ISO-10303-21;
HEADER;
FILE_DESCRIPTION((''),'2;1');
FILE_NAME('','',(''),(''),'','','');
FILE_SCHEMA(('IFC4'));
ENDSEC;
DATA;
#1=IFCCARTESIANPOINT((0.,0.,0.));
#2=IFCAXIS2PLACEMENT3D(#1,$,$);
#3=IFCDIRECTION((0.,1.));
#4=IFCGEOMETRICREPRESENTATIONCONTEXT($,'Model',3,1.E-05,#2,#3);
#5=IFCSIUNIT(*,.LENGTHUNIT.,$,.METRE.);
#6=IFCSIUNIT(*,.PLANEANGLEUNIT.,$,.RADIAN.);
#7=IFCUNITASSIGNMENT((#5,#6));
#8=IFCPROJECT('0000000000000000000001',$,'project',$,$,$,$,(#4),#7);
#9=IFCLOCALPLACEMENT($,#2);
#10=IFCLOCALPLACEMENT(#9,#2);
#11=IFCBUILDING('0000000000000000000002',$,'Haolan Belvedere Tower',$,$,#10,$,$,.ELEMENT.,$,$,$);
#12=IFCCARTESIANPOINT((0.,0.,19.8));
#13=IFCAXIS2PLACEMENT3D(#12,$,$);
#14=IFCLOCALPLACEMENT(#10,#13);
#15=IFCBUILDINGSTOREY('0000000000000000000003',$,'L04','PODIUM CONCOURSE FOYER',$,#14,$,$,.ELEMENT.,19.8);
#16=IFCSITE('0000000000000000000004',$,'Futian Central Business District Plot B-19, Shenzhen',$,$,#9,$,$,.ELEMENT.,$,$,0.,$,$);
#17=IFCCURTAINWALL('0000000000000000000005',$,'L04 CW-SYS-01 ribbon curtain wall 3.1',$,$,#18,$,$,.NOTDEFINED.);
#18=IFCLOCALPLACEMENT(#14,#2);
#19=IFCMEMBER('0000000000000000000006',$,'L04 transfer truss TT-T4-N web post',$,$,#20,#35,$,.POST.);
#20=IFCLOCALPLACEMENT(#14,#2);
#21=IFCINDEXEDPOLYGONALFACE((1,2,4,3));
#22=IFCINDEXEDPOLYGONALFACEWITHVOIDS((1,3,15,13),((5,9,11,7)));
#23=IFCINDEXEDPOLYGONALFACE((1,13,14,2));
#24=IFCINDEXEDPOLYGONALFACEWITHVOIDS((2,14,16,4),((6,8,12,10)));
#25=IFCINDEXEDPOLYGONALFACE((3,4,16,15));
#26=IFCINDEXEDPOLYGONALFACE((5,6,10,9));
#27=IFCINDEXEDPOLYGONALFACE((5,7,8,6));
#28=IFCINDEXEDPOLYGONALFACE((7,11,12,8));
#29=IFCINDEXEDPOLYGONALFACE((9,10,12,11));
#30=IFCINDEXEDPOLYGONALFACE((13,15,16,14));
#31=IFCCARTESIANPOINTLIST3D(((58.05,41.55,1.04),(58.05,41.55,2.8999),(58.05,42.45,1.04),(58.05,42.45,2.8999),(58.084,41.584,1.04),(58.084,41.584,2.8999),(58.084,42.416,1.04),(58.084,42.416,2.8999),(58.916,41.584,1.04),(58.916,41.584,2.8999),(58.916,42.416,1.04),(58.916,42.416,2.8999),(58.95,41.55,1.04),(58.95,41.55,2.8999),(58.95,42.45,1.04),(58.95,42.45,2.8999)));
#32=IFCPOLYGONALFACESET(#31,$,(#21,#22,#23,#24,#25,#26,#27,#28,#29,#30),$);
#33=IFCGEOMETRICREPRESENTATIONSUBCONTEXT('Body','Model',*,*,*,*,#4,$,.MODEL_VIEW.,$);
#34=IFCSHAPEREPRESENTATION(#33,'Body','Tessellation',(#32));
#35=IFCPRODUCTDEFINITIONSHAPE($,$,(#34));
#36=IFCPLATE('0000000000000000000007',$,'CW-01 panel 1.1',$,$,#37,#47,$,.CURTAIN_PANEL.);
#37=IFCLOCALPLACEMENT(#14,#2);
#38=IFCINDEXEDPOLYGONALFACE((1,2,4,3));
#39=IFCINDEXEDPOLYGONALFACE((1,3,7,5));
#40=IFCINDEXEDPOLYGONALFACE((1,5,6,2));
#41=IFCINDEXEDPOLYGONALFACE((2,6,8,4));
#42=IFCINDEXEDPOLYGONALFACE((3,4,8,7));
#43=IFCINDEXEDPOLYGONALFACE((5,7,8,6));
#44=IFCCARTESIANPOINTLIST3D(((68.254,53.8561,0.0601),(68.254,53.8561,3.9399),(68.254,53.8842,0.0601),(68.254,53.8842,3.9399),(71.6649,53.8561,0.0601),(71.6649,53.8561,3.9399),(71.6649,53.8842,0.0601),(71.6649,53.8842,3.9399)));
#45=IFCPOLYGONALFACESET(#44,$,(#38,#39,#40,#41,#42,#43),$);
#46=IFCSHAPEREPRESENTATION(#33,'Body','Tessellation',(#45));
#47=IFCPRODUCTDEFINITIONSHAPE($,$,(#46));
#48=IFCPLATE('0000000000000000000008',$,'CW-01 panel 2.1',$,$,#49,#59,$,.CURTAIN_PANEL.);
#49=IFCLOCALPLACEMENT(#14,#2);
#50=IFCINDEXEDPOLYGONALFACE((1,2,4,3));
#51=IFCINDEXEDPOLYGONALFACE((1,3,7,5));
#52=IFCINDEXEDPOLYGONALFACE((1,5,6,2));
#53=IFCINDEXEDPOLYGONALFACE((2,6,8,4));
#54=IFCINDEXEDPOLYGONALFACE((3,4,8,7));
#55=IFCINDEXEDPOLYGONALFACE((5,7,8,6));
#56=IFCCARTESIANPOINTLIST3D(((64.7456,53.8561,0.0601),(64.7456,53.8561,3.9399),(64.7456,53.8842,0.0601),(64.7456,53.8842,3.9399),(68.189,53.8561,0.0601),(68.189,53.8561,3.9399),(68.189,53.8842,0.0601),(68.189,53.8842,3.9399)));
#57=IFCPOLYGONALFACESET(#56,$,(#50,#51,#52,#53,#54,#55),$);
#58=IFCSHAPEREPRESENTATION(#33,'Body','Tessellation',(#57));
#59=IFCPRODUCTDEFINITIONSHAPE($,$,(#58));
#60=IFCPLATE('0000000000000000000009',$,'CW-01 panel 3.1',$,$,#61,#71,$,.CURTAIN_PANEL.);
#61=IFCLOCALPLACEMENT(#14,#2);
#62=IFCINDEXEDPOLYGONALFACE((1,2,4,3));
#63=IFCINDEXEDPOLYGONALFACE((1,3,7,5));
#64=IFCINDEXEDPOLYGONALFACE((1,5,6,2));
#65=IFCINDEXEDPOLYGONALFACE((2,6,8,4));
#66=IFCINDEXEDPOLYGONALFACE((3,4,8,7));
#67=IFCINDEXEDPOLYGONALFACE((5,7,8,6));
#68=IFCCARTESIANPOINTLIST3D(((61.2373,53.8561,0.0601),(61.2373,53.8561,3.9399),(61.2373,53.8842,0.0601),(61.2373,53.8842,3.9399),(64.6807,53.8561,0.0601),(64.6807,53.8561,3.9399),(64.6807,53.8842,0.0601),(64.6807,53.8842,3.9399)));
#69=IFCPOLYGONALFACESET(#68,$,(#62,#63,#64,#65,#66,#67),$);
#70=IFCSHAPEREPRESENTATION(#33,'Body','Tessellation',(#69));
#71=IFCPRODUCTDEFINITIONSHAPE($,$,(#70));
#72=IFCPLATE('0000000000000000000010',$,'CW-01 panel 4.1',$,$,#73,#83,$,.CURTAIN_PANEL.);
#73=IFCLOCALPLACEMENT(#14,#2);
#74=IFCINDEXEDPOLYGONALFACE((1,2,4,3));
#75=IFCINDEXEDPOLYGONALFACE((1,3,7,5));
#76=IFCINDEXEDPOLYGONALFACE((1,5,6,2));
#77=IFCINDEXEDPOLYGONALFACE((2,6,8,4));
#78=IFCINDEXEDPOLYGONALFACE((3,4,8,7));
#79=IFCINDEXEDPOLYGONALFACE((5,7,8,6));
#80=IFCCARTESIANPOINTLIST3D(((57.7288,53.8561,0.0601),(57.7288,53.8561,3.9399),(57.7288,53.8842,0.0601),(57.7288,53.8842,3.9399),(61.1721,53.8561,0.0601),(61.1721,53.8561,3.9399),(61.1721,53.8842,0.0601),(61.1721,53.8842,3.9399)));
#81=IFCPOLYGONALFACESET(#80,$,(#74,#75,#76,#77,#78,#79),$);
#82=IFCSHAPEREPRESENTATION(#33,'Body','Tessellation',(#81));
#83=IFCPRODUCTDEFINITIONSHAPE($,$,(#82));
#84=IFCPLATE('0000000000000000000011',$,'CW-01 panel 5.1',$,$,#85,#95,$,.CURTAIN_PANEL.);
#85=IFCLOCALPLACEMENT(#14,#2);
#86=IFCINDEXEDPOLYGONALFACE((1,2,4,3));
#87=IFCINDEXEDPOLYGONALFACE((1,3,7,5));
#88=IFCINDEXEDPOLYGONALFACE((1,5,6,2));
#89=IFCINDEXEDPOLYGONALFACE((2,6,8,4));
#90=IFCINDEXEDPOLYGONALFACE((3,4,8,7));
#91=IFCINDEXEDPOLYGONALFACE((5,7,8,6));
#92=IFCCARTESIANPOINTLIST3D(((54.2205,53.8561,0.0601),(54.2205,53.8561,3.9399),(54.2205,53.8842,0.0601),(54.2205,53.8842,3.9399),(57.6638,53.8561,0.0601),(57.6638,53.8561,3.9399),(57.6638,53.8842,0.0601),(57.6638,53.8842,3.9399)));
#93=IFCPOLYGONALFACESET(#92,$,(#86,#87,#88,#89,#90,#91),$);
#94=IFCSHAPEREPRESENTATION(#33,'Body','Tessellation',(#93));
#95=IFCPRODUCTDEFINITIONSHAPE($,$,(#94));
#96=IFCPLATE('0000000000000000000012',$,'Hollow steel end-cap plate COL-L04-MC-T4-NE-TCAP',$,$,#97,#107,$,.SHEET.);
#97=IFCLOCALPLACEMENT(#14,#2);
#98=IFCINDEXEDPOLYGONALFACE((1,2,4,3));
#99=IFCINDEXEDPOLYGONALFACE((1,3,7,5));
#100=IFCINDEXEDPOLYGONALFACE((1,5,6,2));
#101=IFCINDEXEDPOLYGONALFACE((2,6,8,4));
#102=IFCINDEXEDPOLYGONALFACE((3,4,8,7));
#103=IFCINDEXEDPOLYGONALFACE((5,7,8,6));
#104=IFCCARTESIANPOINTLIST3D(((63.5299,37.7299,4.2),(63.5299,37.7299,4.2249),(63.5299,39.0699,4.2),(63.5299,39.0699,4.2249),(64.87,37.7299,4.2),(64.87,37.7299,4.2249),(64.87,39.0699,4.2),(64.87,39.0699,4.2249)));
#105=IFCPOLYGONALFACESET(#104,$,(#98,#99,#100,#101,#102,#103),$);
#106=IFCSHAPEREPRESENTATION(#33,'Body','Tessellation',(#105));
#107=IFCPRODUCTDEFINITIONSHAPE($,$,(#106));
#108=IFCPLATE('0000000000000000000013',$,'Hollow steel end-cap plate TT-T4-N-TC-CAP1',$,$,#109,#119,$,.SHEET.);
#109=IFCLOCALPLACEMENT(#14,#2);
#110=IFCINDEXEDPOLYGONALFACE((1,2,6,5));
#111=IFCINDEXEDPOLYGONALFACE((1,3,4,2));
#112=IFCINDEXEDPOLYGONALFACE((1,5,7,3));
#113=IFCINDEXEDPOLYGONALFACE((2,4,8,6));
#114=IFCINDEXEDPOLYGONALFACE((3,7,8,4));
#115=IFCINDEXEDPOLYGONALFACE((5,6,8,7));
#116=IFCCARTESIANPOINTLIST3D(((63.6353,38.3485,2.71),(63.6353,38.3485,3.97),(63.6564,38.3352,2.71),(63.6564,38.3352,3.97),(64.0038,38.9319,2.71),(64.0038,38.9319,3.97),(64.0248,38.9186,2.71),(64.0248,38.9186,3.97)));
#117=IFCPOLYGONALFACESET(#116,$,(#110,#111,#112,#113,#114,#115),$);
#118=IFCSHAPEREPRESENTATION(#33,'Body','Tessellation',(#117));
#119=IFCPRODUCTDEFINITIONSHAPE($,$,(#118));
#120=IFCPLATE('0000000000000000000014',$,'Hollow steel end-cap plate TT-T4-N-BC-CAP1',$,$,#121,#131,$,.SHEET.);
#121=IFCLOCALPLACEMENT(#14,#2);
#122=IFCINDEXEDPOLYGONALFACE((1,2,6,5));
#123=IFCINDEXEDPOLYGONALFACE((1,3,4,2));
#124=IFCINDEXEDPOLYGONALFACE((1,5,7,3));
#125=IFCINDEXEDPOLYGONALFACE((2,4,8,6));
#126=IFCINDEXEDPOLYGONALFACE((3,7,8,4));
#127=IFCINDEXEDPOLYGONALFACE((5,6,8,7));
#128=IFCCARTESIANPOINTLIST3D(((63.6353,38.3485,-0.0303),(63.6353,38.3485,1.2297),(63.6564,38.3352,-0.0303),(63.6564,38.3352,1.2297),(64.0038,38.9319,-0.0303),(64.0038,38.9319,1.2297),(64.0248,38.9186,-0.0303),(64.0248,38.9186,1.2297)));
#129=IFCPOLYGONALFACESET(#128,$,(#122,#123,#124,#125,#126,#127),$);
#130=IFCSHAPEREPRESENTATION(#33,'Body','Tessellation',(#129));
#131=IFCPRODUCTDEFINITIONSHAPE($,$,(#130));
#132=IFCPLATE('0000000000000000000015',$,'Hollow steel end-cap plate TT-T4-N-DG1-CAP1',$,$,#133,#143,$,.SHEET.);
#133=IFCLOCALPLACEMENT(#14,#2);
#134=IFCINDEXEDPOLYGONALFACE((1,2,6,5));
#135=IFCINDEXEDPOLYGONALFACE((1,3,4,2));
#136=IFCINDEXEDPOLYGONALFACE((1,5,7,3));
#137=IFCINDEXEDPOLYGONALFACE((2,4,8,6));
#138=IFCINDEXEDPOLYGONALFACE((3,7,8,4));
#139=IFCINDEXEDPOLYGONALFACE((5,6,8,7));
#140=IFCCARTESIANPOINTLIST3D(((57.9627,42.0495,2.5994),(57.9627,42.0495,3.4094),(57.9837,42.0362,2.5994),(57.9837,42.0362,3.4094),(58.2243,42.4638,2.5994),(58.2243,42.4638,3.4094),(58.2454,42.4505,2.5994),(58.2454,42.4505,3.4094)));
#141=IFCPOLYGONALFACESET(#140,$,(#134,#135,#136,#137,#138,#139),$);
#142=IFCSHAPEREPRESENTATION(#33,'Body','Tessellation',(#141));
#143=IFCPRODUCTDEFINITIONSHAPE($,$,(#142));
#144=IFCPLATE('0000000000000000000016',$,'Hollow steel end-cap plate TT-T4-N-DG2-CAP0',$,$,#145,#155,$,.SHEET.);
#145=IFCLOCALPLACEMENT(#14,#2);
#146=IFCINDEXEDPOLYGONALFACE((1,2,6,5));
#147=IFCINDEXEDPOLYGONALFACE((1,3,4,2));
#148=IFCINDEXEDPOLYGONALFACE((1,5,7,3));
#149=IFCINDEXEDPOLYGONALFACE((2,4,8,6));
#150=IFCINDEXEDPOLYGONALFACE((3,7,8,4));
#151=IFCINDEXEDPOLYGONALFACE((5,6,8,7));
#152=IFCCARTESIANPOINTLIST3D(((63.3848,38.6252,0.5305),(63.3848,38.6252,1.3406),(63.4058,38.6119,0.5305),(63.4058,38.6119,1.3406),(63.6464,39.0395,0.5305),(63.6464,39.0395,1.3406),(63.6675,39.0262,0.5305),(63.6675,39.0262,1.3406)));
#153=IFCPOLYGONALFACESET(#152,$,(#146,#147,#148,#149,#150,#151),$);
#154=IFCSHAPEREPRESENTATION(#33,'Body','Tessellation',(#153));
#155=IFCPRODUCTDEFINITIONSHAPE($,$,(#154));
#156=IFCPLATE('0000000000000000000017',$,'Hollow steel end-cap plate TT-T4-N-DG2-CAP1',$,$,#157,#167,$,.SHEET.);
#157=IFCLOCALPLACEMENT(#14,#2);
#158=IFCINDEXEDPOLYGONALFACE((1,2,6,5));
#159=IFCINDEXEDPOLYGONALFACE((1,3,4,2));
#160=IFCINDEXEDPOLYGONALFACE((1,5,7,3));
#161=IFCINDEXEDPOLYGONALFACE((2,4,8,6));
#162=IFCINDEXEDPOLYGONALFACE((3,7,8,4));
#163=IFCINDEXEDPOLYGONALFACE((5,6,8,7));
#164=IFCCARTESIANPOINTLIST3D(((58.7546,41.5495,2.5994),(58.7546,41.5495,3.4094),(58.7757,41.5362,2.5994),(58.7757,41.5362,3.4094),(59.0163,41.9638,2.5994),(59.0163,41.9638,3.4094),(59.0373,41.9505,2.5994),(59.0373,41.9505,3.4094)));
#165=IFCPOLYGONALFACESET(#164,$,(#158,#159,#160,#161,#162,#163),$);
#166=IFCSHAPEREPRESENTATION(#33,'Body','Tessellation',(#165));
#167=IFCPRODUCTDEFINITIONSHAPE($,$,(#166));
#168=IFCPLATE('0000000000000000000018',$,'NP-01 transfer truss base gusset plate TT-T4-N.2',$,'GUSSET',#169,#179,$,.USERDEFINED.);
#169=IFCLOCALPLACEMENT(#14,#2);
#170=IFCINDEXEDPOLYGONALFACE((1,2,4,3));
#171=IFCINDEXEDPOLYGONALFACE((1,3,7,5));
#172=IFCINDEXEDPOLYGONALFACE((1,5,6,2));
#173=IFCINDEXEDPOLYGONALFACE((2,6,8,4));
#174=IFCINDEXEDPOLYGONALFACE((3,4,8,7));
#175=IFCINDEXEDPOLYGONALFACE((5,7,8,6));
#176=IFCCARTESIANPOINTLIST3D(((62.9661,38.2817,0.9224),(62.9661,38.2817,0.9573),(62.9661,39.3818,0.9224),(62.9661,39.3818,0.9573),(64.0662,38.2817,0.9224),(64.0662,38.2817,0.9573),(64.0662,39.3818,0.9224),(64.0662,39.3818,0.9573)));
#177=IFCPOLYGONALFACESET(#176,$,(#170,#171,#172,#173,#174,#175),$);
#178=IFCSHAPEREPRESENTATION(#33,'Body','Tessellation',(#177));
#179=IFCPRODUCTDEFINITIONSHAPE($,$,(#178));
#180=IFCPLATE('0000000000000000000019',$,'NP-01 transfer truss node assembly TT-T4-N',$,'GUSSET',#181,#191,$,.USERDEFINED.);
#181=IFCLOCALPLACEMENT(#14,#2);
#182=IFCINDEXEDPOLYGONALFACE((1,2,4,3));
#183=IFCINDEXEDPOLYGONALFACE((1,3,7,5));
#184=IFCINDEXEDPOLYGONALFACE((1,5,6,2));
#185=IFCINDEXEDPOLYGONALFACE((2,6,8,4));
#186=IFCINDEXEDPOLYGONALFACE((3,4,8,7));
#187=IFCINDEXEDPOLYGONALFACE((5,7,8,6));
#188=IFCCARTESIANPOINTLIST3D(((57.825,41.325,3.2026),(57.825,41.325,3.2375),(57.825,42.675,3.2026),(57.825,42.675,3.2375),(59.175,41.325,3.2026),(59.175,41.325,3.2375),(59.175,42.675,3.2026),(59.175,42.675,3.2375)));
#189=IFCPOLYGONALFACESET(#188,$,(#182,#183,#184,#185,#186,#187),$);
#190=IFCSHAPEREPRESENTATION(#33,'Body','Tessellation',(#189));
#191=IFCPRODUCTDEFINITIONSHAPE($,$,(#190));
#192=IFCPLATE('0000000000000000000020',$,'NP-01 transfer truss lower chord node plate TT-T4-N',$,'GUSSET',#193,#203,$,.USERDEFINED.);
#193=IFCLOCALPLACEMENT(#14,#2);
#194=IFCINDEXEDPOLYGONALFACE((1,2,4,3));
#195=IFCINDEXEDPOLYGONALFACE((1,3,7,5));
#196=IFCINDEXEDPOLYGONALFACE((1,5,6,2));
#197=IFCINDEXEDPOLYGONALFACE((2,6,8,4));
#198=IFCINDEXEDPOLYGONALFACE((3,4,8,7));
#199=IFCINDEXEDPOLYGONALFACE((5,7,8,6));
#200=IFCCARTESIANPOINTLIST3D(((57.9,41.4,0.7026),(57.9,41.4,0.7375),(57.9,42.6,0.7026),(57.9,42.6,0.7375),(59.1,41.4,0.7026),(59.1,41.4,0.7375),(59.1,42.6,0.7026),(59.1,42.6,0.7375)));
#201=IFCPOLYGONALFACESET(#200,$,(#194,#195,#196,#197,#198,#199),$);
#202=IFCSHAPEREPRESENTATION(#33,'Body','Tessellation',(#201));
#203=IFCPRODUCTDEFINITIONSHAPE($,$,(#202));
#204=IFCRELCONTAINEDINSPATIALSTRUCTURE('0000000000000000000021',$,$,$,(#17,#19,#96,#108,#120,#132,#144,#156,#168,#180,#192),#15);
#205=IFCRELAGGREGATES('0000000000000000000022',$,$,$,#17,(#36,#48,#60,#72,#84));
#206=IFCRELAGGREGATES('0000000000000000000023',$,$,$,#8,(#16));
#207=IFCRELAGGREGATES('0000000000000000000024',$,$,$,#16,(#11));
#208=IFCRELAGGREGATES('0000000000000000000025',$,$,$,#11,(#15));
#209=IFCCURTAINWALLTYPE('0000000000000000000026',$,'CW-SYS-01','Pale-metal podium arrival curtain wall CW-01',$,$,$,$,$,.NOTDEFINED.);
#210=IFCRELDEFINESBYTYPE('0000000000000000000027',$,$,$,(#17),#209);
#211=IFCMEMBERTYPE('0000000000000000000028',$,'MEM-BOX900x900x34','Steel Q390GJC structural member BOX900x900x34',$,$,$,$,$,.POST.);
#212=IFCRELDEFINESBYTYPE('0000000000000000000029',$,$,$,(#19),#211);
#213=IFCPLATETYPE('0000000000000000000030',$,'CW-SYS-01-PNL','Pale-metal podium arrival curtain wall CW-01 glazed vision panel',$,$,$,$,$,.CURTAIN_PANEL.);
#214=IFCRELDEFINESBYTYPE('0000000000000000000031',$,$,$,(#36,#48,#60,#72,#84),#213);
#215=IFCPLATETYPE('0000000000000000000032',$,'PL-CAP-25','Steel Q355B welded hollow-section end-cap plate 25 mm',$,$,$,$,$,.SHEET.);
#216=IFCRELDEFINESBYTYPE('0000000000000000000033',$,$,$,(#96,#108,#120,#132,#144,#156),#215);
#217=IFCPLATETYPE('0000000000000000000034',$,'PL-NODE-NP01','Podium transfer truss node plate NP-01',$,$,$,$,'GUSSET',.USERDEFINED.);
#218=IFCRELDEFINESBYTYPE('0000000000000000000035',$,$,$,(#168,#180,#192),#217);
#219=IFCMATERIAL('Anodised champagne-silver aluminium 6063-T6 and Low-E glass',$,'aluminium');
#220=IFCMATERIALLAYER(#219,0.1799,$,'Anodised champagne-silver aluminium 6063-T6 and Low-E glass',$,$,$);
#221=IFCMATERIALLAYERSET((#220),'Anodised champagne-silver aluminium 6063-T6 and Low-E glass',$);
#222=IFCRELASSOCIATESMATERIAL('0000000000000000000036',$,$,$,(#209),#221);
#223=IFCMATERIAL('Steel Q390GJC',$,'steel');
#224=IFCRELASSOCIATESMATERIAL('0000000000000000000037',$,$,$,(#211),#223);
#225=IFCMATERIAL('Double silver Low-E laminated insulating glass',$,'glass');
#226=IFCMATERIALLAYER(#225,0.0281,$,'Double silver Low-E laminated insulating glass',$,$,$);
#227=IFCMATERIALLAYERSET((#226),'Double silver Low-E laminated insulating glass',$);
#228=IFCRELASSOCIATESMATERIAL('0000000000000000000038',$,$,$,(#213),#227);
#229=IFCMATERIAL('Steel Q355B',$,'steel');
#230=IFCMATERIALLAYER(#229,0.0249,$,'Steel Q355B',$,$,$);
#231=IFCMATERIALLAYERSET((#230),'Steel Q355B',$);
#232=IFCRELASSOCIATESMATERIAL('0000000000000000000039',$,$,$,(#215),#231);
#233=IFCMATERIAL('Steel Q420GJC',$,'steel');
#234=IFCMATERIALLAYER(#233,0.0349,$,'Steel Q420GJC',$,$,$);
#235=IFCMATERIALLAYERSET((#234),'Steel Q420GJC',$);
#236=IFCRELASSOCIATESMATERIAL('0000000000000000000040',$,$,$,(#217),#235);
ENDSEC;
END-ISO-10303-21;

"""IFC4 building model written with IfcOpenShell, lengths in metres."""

from ifc_helpers import new_model, si_unit, direction, frame, origin, origin_2d, place, context, subcontext, project, spatial, rectangle, hollow_rectangle, extrude, material, layer, layer_set, material_profile, profile_set, type_object, element, aggregate, save


model = new_model("IFC4")

# Units and contexts
model_context = context("Model", 3, precision=1e-05, world=origin(), true_north=direction((0.0, 1.0)))
body_context = subcontext(model_context, "Body", "Model", "MODEL_VIEW")
ifc_project = project(units=[si_unit("LENGTHUNIT", "METRE"), si_unit("PLANEANGLEUNIT", "RADIAN")], contexts=[model_context])

# Site, building, storey
site_placement = place(None, origin())
site = spatial("IfcSite", under=ifc_project, at=site_placement, Name="Futian Central Business District Plot B-19, Shenzhen", CompositionType="ELEMENT", RefElevation=0.0)
building_placement = place(site_placement, origin())
building = spatial("IfcBuilding", under=site, at=building_placement, Name="Haolan Belvedere Tower", CompositionType="ELEMENT")
storey_placement = place(building_placement, frame((0.0, 0.0, 19.8)))
storey = spatial("IfcBuildingStorey", under=building, at=storey_placement, Name="L04", Description="PODIUM CONCOURSE FOYER", CompositionType="ELEMENT", Elevation=19.8)

# Shared definitions
ifc_material_1 = material(Name="Steel Q355B", Category="steel")

# Curtain wall
ifc_material_2 = material(Name="Anodised champagne-silver aluminium 6063-T6 and Low-E glass", Category="aluminium")
ifc_layer_1 = layer(ifc_material_2, 0.1799, Name="Anodised champagne-silver aluminium 6063-T6 and Low-E glass")
ifc_layer_set_1 = layer_set([ifc_layer_1], Name="Anodised champagne-silver aluminium 6063-T6 and Low-E glass")
curtain_wall_type = type_object("IfcCurtainWallType", Name="CW-SYS-01", Description="Pale-metal podium arrival curtain wall CW-01", PredefinedType="NOTDEFINED", material=ifc_layer_set_1)
curtain_wall_placement = place(storey_placement, origin())
curtain_wall = element("IfcCurtainWall", 1, at=curtain_wall_placement, inside=storey, type_object=curtain_wall_type, Name="L04 CW-SYS-01 ribbon curtain wall 3.1", PredefinedType="NOTDEFINED")

# Member
ifc_material_3 = material(Name="Steel Q390GJC", Category="steel")
ifc_material_profile_1 = material_profile(ifc_material_3, hollow_rectangle(XDim=0.8999, YDim=0.8999, WallThickness=0.0339, at=origin_2d()), Name="Steel Q390GJC")
ifc_profile_set_1 = profile_set([ifc_material_profile_1], Name="Steel Q390GJC")
member_type_1 = type_object("IfcMemberType", Name="MEM-BOX900x900x34", Description="Steel Q390GJC structural member BOX900x900x34", PredefinedType="POST", material=ifc_profile_set_1)
member_1_placement = place(storey_placement, frame((58.5, 42.0, 1.04), z_axis=(0.0, 0.0, 1.0), x_axis=(1.0, 0.0, 0.0)))
element("IfcMember", 2, at=member_1_placement, inside=storey, type_object=member_type_1, Name="L04 transfer truss TT-T4-N web post", PredefinedType="POST", context=body_context, shape_type="SweptSolid", body=[
    extrude(hollow_rectangle(XDim=0.8999, YDim=0.8999, WallThickness=0.0339, at=origin_2d()), origin(), (0.0, 0.0, 1.0), 1.8599),
])

# Plates
ifc_material_4 = material(Name="Double silver Low-E laminated insulating glass", Category="glass")
ifc_layer_2 = layer(ifc_material_4, 0.0281, Name="Double silver Low-E laminated insulating glass")
ifc_layer_set_2 = layer_set([ifc_layer_2], Name="Double silver Low-E laminated insulating glass")
plate_type_1 = type_object("IfcPlateType", Name="CW-SYS-01-PNL", Description="Pale-metal podium arrival curtain wall CW-01 glazed vision panel", PredefinedType="CURTAIN_PANEL", material=ifc_layer_set_2)
plate_1_placement = place(storey_placement, frame((69.9595, 53.8701, 0.0601), z_axis=(0.0, 0.0, 1.0), x_axis=(-1.0, 0.0, 0.0)))
plate_1 = element("IfcPlate", 3, at=plate_1_placement, type_object=plate_type_1, Name="CW-01 panel 1.1", PredefinedType="CURTAIN_PANEL", context=body_context, shape_type="SweptSolid", body=[
    extrude(rectangle(XDim=3.4109, YDim=0.0281, at=origin_2d()), origin(), (0.0, 0.0, 1.0), 3.8799),
])
plate_2_placement = place(storey_placement, frame((66.4673, 53.8701, 0.0601), z_axis=(0.0, 0.0, 1.0), x_axis=(-1.0, 0.0, 0.0)))
plate_2 = element("IfcPlate", 4, at=plate_2_placement, type_object=plate_type_1, Name="CW-01 panel 2.1", PredefinedType="CURTAIN_PANEL", context=body_context, shape_type="SweptSolid", body=[
    extrude(rectangle(XDim=3.4434, YDim=0.0281, at=origin_2d()), origin(), (0.0, 0.0, 1.0), 3.8799),
])
plate_3_placement = place(storey_placement, frame((62.959, 53.8701, 0.0601), z_axis=(0.0, 0.0, 1.0), x_axis=(-1.0, 0.0, 0.0)))
plate_3 = element("IfcPlate", 5, at=plate_3_placement, type_object=plate_type_1, Name="CW-01 panel 3.1", PredefinedType="CURTAIN_PANEL", context=body_context, shape_type="SweptSolid", body=[
    extrude(rectangle(XDim=3.4434, YDim=0.0281, at=origin_2d()), origin(), (0.0, 0.0, 1.0), 3.8799),
])
plate_4_placement = place(storey_placement, frame((59.4504, 53.8701, 0.0601), z_axis=(0.0, 0.0, 1.0), x_axis=(-1.0, 0.0, 0.0)))
plate_4 = element("IfcPlate", 6, at=plate_4_placement, type_object=plate_type_1, Name="CW-01 panel 4.1", PredefinedType="CURTAIN_PANEL", context=body_context, shape_type="SweptSolid", body=[
    extrude(rectangle(XDim=3.4434, YDim=0.0281, at=origin_2d()), origin(), (0.0, 0.0, 1.0), 3.8799),
])
plate_5_placement = place(storey_placement, frame((55.9421, 53.8701, 0.0601), z_axis=(0.0, 0.0, 1.0), x_axis=(-1.0, 0.0, 0.0)))
plate_5 = element("IfcPlate", 7, at=plate_5_placement, type_object=plate_type_1, Name="CW-01 panel 5.1", PredefinedType="CURTAIN_PANEL", context=body_context, shape_type="SweptSolid", body=[
    extrude(rectangle(XDim=3.4434, YDim=0.0281, at=origin_2d()), origin(), (0.0, 0.0, 1.0), 3.8799),
])
aggregate(curtain_wall, [plate_1, plate_2, plate_3, plate_4, plate_5])

# Plates
ifc_layer_3 = layer(ifc_material_1, 0.0249, Name="Steel Q355B")
ifc_layer_set_3 = layer_set([ifc_layer_3], Name="Steel Q355B")
plate_type_2 = type_object("IfcPlateType", Name="PL-CAP-25", Description="Steel Q355B welded hollow-section end-cap plate 25 mm", PredefinedType="SHEET", material=ifc_layer_set_3)
plate_6_placement = place(storey_placement, frame((64.2, 38.3999, 4.2), z_axis=(0.0, 0.0, 1.0), x_axis=(1.0, 0.0, 0.0)))
element("IfcPlate", 8, at=plate_6_placement, inside=storey, type_object=plate_type_2, Name="Hollow steel end-cap plate COL-L04-MC-T4-NE-TCAP", PredefinedType="SHEET", context=body_context, shape_type="SweptSolid", body=[
    extrude(rectangle(XDim=1.3401, YDim=1.3401, at=origin_2d()), origin(), (0.0, 0.0, 1.0), 0.0249),
])
for number, where, z_axis, x_axis, name in (
    (9, (63.8301, 38.6335, 2.71), (0.0, 0.0, 1.0), (0.533998, 0.845486, 0.0), "Hollow steel end-cap plate TT-T4-N-TC-CAP1"),
    (10, (63.8301, 38.6335, -0.0303), (0.0, 0.0, 1.0), (0.533998, 0.845486, 0.0), "Hollow steel end-cap plate TT-T4-N-BC-CAP1"),
):
    element("IfcPlate", number, at=place(storey_placement, frame(where, z_axis=z_axis, x_axis=x_axis)), inside=storey, type_object=plate_type_2, Name=name, PredefinedType="SHEET", context=body_context, shape_type="SweptSolid", body=[
        extrude(rectangle(XDim=0.6899, YDim=0.0249, at=origin_2d()), origin(), (0.0, 0.0, 1.0), 1.26),
    ])
for number, where, z_axis, x_axis, name in (
    (11, (58.104, 42.25, 2.5994), (0.0, 0.0, 1.0), (0.533983, 0.845495, 0.0), "Hollow steel end-cap plate TT-T4-N-DG1-CAP1"),
    (12, (63.5261, 38.8257, 0.5305), (0.0, 0.0, 1.0), (0.533983, 0.845495, 0.0), "Hollow steel end-cap plate TT-T4-N-DG2-CAP0"),
    (13, (58.896, 41.75, 2.5994), (0.0, 0.0, 1.0), (-0.533983, -0.845495, 0.0), "Hollow steel end-cap plate TT-T4-N-DG2-CAP1"),
):
    element("IfcPlate", number, at=place(storey_placement, frame(where, z_axis=z_axis, x_axis=x_axis)), inside=storey, type_object=plate_type_2, Name=name, PredefinedType="SHEET", context=body_context, shape_type="SweptSolid", body=[
        extrude(rectangle(XDim=0.49, YDim=0.0249, at=origin_2d()), origin(), (0.0, 0.0, 1.0), 0.8101),
    ])
ifc_material_5 = material(Name="Steel Q420GJC", Category="steel")
ifc_layer_4 = layer(ifc_material_5, 0.0349, Name="Steel Q420GJC")
ifc_layer_set_4 = layer_set([ifc_layer_4], Name="Steel Q420GJC")
plate_type_3 = type_object("IfcPlateType", Name="PL-NODE-NP01", Description="Podium transfer truss node plate NP-01", ElementType="GUSSET", PredefinedType="USERDEFINED", material=ifc_layer_set_4)
plate_7_placement = place(storey_placement, frame((63.5161, 38.8318, 0.9224), z_axis=(0.0, 0.0, 1.0), x_axis=(1.0, 0.0, 0.0)))
element("IfcPlate", 14, at=plate_7_placement, inside=storey, type_object=plate_type_3, Name="NP-01 transfer truss base gusset plate TT-T4-N.2", ObjectType="GUSSET", PredefinedType="USERDEFINED", context=body_context, shape_type="SweptSolid", body=[
    extrude(rectangle(XDim=1.1001, YDim=1.1001, at=origin_2d()), origin(), (0.0, 0.0, 1.0), 0.0349),
])
plate_8_placement = place(storey_placement, frame((58.5, 42.0, 3.2026), z_axis=(0.0, 0.0, 1.0), x_axis=(1.0, 0.0, 0.0)))
element("IfcPlate", 15, at=plate_8_placement, inside=storey, type_object=plate_type_3, Name="NP-01 transfer truss node assembly TT-T4-N", ObjectType="GUSSET", PredefinedType="USERDEFINED", context=body_context, shape_type="SweptSolid", body=[
    extrude(rectangle(XDim=1.3501, YDim=1.3501, at=origin_2d()), origin(), (0.0, 0.0, 1.0), 0.0349),
])
plate_9_placement = place(storey_placement, frame((58.5, 42.0, 0.7026), z_axis=(0.0, 0.0, 1.0), x_axis=(1.0, 0.0, 0.0)))
element("IfcPlate", 16, at=plate_9_placement, inside=storey, type_object=plate_type_3, Name="NP-01 transfer truss lower chord node plate TT-T4-N", ObjectType="GUSSET", PredefinedType="USERDEFINED", context=body_context, shape_type="SweptSolid", body=[
    extrude(rectangle(XDim=1.2, YDim=1.2, at=origin_2d()), origin(), (0.0, 0.0, 1.0), 0.0349),
])

save(model, "model.ifc")
